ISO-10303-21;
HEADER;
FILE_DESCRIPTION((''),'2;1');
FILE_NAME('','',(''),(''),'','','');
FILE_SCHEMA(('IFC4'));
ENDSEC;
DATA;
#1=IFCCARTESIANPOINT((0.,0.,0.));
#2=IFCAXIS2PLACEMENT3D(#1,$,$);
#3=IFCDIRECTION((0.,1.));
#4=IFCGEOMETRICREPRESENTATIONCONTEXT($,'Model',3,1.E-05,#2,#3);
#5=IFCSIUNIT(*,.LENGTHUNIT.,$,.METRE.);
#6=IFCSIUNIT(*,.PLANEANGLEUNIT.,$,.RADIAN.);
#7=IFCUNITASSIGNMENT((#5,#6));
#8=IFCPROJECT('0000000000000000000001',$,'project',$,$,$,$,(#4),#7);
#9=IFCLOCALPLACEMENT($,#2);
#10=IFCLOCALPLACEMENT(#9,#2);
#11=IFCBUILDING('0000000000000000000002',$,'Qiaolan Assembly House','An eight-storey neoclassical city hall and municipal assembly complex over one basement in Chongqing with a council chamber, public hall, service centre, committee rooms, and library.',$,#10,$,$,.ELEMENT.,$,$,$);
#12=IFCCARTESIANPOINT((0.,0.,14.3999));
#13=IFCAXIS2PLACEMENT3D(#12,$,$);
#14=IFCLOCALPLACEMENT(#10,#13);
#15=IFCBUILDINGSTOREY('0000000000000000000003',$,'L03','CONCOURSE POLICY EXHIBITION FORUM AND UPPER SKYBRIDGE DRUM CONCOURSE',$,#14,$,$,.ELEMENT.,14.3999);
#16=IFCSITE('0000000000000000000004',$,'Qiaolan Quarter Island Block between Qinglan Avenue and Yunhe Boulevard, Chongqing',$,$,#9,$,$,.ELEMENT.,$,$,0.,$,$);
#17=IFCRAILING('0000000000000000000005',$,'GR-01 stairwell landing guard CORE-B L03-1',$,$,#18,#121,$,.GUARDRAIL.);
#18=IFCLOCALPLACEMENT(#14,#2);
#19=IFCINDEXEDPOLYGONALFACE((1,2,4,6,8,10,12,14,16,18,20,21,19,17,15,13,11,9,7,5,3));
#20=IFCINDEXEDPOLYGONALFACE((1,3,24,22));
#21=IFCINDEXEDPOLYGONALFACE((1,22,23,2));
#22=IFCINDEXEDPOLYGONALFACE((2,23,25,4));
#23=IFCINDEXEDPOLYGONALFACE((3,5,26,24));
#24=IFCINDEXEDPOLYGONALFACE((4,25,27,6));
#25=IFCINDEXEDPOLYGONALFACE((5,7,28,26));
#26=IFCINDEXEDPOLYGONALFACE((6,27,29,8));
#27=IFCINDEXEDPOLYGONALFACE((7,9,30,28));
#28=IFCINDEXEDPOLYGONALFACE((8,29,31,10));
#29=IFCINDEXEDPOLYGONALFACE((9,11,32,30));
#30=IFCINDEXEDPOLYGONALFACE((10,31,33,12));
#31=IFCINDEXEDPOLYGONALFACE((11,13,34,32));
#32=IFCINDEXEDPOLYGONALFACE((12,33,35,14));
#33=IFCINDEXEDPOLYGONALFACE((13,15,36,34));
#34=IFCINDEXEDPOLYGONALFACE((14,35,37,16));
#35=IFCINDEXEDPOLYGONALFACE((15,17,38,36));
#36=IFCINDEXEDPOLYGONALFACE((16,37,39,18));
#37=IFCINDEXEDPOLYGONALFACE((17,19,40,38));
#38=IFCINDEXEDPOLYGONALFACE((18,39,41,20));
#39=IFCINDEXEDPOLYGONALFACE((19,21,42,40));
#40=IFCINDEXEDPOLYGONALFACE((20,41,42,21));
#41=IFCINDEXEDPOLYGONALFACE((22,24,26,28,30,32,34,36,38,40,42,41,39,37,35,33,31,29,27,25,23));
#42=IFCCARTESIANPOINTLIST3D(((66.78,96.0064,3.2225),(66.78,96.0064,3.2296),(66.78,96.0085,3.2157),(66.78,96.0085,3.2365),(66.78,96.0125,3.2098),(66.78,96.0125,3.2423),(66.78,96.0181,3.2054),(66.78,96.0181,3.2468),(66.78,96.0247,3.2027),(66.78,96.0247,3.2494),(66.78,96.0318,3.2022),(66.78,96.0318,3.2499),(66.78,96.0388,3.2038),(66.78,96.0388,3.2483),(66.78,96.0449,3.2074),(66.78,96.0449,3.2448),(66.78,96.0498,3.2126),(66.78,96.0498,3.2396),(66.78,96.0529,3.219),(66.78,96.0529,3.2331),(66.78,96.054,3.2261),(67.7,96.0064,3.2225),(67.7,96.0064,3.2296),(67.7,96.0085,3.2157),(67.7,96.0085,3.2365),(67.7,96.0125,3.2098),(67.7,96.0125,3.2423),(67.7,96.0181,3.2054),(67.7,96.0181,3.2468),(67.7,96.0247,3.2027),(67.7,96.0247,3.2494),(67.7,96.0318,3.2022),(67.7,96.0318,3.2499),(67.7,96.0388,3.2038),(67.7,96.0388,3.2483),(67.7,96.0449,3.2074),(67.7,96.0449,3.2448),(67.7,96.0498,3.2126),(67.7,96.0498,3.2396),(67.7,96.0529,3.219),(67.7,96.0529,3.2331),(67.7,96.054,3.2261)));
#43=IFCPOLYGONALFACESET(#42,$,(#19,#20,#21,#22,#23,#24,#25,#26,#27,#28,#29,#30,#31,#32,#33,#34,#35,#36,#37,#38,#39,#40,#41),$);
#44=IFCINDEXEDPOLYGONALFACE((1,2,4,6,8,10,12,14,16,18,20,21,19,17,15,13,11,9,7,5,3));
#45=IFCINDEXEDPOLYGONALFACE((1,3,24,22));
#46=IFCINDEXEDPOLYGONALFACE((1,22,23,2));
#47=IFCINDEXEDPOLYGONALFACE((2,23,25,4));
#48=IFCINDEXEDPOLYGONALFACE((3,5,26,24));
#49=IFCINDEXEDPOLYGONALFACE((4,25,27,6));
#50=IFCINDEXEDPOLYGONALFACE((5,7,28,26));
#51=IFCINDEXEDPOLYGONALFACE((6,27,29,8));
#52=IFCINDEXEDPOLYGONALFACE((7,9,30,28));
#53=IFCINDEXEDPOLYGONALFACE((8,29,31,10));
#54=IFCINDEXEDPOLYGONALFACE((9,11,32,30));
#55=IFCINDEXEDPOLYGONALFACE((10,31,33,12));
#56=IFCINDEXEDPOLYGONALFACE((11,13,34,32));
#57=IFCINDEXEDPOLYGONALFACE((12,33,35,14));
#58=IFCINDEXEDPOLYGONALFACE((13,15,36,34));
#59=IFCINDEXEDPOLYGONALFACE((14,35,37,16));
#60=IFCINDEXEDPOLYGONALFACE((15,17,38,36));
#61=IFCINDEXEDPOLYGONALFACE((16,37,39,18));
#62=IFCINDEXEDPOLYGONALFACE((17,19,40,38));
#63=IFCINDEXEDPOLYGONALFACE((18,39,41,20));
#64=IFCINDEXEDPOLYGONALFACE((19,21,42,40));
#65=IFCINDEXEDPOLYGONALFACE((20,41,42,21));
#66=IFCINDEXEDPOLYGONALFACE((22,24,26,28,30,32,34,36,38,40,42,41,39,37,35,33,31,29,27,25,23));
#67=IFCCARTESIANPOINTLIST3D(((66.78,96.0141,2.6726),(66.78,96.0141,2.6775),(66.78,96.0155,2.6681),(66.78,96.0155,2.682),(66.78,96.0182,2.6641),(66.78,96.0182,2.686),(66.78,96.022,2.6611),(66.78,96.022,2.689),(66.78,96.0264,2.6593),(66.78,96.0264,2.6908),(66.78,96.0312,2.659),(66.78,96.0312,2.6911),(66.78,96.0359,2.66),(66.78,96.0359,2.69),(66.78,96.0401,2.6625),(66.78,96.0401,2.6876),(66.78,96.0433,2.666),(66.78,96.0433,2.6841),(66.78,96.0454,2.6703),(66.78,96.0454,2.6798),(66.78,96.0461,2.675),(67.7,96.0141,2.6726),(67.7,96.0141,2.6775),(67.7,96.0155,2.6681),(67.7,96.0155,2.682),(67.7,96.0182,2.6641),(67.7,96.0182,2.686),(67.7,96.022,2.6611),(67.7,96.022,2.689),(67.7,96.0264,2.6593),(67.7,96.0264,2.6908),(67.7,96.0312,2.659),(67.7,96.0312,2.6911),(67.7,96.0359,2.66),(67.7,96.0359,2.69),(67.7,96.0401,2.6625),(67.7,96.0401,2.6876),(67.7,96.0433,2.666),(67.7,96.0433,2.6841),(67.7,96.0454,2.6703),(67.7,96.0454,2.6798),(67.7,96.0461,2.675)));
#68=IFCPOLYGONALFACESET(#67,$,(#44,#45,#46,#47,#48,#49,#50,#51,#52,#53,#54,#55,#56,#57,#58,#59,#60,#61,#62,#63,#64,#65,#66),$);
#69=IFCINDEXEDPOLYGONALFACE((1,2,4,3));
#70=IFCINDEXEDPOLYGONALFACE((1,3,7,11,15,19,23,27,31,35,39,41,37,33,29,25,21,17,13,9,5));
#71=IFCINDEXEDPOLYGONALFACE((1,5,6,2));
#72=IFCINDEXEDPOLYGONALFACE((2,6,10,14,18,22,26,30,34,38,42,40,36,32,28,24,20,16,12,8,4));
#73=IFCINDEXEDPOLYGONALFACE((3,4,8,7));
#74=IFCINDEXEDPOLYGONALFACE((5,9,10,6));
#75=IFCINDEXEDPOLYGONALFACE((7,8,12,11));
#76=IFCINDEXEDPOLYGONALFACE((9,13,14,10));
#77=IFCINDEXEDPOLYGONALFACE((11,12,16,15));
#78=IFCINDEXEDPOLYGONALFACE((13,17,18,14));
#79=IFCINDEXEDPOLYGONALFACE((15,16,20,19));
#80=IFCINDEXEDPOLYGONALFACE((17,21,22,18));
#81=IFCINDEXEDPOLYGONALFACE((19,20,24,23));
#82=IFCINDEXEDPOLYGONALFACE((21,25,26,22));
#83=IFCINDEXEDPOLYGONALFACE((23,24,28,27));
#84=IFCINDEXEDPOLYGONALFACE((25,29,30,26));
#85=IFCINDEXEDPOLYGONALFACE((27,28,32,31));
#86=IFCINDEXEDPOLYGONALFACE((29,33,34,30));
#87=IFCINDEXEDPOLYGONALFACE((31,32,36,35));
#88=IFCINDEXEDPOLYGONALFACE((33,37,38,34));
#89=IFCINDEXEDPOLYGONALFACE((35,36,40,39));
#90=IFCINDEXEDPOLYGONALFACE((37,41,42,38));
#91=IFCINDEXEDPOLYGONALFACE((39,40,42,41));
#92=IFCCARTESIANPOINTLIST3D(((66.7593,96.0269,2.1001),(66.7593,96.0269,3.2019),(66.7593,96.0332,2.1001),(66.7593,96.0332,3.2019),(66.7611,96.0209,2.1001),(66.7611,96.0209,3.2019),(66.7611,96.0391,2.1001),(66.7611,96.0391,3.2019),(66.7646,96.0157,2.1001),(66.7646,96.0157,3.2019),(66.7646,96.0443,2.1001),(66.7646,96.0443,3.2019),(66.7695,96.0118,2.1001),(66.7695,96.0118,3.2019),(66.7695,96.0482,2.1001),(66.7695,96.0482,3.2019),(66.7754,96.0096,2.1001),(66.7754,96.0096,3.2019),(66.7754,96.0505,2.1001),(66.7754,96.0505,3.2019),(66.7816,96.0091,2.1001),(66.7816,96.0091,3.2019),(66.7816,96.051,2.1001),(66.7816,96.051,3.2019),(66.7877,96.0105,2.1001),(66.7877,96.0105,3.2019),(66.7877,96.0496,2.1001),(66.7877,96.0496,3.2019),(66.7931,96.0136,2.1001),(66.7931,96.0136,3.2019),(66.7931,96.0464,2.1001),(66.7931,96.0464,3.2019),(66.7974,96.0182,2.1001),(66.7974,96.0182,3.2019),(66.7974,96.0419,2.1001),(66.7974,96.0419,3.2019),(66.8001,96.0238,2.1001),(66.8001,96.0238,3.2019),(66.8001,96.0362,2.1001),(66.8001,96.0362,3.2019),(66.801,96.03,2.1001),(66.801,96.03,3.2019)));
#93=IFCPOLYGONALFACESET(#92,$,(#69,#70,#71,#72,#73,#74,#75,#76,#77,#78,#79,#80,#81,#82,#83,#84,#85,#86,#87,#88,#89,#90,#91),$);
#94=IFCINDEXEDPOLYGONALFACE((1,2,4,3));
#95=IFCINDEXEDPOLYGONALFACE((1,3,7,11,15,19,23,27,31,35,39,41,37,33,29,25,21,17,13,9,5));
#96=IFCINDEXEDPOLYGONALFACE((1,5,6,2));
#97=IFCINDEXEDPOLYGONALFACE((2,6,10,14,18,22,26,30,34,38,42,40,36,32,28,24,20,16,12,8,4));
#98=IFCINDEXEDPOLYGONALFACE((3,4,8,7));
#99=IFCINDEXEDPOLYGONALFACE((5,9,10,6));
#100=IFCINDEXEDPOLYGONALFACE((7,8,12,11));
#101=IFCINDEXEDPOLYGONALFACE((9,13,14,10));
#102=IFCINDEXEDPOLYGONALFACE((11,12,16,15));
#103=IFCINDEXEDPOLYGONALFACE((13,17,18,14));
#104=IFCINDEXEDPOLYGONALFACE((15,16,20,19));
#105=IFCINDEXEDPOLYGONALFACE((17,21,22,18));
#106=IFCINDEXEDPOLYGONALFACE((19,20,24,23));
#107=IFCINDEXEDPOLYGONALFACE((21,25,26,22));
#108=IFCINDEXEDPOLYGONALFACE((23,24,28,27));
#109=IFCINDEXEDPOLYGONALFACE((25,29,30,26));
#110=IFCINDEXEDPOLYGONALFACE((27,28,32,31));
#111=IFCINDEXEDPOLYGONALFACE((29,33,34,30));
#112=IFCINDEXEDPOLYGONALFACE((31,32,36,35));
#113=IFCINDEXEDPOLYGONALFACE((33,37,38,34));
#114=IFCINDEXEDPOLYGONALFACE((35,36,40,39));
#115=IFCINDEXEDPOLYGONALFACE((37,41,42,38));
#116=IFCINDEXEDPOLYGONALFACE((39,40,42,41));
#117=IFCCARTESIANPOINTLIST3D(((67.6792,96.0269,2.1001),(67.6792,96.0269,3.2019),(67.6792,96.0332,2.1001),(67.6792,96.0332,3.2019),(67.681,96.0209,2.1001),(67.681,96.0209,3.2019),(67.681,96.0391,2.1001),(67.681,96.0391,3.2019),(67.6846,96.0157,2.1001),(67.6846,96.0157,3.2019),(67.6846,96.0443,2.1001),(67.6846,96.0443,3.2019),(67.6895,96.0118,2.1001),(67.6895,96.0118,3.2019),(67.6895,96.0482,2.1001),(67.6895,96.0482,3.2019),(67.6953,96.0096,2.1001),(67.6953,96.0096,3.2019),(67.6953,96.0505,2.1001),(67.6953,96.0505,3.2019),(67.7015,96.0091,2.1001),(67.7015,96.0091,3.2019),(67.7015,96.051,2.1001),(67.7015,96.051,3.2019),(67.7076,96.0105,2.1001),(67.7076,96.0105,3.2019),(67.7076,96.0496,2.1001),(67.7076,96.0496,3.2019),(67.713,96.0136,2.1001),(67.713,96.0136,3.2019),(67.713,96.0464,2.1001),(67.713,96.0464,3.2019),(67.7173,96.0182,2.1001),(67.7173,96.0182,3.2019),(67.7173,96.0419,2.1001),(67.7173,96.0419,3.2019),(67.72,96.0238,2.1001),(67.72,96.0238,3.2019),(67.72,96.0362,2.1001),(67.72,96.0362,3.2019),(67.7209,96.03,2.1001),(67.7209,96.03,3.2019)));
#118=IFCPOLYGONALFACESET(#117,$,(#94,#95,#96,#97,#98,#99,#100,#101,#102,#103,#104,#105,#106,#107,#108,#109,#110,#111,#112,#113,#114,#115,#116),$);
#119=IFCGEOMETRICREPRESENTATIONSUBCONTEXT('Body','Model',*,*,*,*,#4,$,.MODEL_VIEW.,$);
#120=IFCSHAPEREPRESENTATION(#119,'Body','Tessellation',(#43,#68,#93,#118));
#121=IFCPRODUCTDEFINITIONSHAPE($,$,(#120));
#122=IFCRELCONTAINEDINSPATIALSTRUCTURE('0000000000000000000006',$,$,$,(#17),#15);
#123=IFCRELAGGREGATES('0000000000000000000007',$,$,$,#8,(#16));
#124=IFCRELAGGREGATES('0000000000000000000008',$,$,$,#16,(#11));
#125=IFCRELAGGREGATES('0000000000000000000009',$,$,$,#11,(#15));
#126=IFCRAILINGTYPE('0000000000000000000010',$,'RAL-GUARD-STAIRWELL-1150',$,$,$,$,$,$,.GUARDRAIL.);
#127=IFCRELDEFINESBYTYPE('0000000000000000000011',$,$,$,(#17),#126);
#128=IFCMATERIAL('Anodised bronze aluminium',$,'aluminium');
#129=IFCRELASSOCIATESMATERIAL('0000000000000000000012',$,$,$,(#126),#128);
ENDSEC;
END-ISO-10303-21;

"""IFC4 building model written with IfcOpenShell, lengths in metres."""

from ifc_helpers import new_model, si_unit, direction, frame, origin, origin_2d, place, context, subcontext, project, spatial, circle, extrude, material, type_object, element, save


model = new_model("IFC4")

# Units and contexts
model_context = context("Model", 3, precision=1e-05, world=origin(), true_north=direction((0.0, 1.0)))
body_context = subcontext(model_context, "Body", "Model", "MODEL_VIEW")
ifc_project = project(units=[si_unit("LENGTHUNIT", "METRE"), si_unit("PLANEANGLEUNIT", "RADIAN")], contexts=[model_context])

# Site, building, storey
site_placement = place(None, origin())
site = spatial("IfcSite", under=ifc_project, at=site_placement, Name="Qiaolan Quarter Island Block between Qinglan Avenue and Yunhe Boulevard, Chongqing", CompositionType="ELEMENT", RefElevation=0.0)
building_placement = place(site_placement, origin())
building = spatial("IfcBuilding", under=site, at=building_placement, Name="Qiaolan Assembly House", Description="An eight-storey neoclassical city hall and municipal assembly complex over one basement in Chongqing with a council chamber, public hall, service centre, committee rooms, and library.", CompositionType="ELEMENT")
storey_placement = place(building_placement, frame((0.0, 0.0, 14.3999)))
storey = spatial("IfcBuildingStorey", under=building, at=storey_placement, Name="L03", Description="CONCOURSE POLICY EXHIBITION FORUM AND UPPER SKYBRIDGE DRUM CONCOURSE", CompositionType="ELEMENT", Elevation=14.3999)

# Railing
ifc_material_1 = material(Name="Anodised bronze aluminium", Category="aluminium")
railing_type_1 = type_object("IfcRailingType", Name="RAL-GUARD-STAIRWELL-1150", PredefinedType="GUARDRAIL", material=ifc_material_1)
for number, where, name in (
    (1, (66.78, 96.03, 2.1001), "GR-01 stairwell landing guard CORE-B L03-1"),
):
    element("IfcRailing", number, at=place(storey_placement, frame(where)), inside=storey, type_object=railing_type_1, Name=name, PredefinedType="GUARDRAIL", context=body_context, shape_type="SweptSolid", body=[
        extrude(circle(Radius=0.0239, at=origin_2d()), frame((0.0, 0.0, 1.126), z_axis=(1.0, 0.0, 0.0), x_axis=(0.0, 1.0, 0.0)), (0.0, 0.0, 1.0), 0.9199),
        extrude(circle(Radius=0.0161, at=origin_2d()), frame((0.0, 0.0, 0.575), z_axis=(1.0, 0.0, 0.0), x_axis=(0.0, 1.0, 0.0)), (0.0, 0.0, 1.0), 0.9199),
        extrude(circle(Radius=0.021, at=origin_2d()), origin(), (0.0, 0.0, 1.0), 1.1018),
        extrude(circle(Radius=0.021, at=origin_2d()), frame((0.9199, 0.0, 0.0)), (0.0, 0.0, 1.0), 1.1018),
    ])

save(model, "model.ifc")
